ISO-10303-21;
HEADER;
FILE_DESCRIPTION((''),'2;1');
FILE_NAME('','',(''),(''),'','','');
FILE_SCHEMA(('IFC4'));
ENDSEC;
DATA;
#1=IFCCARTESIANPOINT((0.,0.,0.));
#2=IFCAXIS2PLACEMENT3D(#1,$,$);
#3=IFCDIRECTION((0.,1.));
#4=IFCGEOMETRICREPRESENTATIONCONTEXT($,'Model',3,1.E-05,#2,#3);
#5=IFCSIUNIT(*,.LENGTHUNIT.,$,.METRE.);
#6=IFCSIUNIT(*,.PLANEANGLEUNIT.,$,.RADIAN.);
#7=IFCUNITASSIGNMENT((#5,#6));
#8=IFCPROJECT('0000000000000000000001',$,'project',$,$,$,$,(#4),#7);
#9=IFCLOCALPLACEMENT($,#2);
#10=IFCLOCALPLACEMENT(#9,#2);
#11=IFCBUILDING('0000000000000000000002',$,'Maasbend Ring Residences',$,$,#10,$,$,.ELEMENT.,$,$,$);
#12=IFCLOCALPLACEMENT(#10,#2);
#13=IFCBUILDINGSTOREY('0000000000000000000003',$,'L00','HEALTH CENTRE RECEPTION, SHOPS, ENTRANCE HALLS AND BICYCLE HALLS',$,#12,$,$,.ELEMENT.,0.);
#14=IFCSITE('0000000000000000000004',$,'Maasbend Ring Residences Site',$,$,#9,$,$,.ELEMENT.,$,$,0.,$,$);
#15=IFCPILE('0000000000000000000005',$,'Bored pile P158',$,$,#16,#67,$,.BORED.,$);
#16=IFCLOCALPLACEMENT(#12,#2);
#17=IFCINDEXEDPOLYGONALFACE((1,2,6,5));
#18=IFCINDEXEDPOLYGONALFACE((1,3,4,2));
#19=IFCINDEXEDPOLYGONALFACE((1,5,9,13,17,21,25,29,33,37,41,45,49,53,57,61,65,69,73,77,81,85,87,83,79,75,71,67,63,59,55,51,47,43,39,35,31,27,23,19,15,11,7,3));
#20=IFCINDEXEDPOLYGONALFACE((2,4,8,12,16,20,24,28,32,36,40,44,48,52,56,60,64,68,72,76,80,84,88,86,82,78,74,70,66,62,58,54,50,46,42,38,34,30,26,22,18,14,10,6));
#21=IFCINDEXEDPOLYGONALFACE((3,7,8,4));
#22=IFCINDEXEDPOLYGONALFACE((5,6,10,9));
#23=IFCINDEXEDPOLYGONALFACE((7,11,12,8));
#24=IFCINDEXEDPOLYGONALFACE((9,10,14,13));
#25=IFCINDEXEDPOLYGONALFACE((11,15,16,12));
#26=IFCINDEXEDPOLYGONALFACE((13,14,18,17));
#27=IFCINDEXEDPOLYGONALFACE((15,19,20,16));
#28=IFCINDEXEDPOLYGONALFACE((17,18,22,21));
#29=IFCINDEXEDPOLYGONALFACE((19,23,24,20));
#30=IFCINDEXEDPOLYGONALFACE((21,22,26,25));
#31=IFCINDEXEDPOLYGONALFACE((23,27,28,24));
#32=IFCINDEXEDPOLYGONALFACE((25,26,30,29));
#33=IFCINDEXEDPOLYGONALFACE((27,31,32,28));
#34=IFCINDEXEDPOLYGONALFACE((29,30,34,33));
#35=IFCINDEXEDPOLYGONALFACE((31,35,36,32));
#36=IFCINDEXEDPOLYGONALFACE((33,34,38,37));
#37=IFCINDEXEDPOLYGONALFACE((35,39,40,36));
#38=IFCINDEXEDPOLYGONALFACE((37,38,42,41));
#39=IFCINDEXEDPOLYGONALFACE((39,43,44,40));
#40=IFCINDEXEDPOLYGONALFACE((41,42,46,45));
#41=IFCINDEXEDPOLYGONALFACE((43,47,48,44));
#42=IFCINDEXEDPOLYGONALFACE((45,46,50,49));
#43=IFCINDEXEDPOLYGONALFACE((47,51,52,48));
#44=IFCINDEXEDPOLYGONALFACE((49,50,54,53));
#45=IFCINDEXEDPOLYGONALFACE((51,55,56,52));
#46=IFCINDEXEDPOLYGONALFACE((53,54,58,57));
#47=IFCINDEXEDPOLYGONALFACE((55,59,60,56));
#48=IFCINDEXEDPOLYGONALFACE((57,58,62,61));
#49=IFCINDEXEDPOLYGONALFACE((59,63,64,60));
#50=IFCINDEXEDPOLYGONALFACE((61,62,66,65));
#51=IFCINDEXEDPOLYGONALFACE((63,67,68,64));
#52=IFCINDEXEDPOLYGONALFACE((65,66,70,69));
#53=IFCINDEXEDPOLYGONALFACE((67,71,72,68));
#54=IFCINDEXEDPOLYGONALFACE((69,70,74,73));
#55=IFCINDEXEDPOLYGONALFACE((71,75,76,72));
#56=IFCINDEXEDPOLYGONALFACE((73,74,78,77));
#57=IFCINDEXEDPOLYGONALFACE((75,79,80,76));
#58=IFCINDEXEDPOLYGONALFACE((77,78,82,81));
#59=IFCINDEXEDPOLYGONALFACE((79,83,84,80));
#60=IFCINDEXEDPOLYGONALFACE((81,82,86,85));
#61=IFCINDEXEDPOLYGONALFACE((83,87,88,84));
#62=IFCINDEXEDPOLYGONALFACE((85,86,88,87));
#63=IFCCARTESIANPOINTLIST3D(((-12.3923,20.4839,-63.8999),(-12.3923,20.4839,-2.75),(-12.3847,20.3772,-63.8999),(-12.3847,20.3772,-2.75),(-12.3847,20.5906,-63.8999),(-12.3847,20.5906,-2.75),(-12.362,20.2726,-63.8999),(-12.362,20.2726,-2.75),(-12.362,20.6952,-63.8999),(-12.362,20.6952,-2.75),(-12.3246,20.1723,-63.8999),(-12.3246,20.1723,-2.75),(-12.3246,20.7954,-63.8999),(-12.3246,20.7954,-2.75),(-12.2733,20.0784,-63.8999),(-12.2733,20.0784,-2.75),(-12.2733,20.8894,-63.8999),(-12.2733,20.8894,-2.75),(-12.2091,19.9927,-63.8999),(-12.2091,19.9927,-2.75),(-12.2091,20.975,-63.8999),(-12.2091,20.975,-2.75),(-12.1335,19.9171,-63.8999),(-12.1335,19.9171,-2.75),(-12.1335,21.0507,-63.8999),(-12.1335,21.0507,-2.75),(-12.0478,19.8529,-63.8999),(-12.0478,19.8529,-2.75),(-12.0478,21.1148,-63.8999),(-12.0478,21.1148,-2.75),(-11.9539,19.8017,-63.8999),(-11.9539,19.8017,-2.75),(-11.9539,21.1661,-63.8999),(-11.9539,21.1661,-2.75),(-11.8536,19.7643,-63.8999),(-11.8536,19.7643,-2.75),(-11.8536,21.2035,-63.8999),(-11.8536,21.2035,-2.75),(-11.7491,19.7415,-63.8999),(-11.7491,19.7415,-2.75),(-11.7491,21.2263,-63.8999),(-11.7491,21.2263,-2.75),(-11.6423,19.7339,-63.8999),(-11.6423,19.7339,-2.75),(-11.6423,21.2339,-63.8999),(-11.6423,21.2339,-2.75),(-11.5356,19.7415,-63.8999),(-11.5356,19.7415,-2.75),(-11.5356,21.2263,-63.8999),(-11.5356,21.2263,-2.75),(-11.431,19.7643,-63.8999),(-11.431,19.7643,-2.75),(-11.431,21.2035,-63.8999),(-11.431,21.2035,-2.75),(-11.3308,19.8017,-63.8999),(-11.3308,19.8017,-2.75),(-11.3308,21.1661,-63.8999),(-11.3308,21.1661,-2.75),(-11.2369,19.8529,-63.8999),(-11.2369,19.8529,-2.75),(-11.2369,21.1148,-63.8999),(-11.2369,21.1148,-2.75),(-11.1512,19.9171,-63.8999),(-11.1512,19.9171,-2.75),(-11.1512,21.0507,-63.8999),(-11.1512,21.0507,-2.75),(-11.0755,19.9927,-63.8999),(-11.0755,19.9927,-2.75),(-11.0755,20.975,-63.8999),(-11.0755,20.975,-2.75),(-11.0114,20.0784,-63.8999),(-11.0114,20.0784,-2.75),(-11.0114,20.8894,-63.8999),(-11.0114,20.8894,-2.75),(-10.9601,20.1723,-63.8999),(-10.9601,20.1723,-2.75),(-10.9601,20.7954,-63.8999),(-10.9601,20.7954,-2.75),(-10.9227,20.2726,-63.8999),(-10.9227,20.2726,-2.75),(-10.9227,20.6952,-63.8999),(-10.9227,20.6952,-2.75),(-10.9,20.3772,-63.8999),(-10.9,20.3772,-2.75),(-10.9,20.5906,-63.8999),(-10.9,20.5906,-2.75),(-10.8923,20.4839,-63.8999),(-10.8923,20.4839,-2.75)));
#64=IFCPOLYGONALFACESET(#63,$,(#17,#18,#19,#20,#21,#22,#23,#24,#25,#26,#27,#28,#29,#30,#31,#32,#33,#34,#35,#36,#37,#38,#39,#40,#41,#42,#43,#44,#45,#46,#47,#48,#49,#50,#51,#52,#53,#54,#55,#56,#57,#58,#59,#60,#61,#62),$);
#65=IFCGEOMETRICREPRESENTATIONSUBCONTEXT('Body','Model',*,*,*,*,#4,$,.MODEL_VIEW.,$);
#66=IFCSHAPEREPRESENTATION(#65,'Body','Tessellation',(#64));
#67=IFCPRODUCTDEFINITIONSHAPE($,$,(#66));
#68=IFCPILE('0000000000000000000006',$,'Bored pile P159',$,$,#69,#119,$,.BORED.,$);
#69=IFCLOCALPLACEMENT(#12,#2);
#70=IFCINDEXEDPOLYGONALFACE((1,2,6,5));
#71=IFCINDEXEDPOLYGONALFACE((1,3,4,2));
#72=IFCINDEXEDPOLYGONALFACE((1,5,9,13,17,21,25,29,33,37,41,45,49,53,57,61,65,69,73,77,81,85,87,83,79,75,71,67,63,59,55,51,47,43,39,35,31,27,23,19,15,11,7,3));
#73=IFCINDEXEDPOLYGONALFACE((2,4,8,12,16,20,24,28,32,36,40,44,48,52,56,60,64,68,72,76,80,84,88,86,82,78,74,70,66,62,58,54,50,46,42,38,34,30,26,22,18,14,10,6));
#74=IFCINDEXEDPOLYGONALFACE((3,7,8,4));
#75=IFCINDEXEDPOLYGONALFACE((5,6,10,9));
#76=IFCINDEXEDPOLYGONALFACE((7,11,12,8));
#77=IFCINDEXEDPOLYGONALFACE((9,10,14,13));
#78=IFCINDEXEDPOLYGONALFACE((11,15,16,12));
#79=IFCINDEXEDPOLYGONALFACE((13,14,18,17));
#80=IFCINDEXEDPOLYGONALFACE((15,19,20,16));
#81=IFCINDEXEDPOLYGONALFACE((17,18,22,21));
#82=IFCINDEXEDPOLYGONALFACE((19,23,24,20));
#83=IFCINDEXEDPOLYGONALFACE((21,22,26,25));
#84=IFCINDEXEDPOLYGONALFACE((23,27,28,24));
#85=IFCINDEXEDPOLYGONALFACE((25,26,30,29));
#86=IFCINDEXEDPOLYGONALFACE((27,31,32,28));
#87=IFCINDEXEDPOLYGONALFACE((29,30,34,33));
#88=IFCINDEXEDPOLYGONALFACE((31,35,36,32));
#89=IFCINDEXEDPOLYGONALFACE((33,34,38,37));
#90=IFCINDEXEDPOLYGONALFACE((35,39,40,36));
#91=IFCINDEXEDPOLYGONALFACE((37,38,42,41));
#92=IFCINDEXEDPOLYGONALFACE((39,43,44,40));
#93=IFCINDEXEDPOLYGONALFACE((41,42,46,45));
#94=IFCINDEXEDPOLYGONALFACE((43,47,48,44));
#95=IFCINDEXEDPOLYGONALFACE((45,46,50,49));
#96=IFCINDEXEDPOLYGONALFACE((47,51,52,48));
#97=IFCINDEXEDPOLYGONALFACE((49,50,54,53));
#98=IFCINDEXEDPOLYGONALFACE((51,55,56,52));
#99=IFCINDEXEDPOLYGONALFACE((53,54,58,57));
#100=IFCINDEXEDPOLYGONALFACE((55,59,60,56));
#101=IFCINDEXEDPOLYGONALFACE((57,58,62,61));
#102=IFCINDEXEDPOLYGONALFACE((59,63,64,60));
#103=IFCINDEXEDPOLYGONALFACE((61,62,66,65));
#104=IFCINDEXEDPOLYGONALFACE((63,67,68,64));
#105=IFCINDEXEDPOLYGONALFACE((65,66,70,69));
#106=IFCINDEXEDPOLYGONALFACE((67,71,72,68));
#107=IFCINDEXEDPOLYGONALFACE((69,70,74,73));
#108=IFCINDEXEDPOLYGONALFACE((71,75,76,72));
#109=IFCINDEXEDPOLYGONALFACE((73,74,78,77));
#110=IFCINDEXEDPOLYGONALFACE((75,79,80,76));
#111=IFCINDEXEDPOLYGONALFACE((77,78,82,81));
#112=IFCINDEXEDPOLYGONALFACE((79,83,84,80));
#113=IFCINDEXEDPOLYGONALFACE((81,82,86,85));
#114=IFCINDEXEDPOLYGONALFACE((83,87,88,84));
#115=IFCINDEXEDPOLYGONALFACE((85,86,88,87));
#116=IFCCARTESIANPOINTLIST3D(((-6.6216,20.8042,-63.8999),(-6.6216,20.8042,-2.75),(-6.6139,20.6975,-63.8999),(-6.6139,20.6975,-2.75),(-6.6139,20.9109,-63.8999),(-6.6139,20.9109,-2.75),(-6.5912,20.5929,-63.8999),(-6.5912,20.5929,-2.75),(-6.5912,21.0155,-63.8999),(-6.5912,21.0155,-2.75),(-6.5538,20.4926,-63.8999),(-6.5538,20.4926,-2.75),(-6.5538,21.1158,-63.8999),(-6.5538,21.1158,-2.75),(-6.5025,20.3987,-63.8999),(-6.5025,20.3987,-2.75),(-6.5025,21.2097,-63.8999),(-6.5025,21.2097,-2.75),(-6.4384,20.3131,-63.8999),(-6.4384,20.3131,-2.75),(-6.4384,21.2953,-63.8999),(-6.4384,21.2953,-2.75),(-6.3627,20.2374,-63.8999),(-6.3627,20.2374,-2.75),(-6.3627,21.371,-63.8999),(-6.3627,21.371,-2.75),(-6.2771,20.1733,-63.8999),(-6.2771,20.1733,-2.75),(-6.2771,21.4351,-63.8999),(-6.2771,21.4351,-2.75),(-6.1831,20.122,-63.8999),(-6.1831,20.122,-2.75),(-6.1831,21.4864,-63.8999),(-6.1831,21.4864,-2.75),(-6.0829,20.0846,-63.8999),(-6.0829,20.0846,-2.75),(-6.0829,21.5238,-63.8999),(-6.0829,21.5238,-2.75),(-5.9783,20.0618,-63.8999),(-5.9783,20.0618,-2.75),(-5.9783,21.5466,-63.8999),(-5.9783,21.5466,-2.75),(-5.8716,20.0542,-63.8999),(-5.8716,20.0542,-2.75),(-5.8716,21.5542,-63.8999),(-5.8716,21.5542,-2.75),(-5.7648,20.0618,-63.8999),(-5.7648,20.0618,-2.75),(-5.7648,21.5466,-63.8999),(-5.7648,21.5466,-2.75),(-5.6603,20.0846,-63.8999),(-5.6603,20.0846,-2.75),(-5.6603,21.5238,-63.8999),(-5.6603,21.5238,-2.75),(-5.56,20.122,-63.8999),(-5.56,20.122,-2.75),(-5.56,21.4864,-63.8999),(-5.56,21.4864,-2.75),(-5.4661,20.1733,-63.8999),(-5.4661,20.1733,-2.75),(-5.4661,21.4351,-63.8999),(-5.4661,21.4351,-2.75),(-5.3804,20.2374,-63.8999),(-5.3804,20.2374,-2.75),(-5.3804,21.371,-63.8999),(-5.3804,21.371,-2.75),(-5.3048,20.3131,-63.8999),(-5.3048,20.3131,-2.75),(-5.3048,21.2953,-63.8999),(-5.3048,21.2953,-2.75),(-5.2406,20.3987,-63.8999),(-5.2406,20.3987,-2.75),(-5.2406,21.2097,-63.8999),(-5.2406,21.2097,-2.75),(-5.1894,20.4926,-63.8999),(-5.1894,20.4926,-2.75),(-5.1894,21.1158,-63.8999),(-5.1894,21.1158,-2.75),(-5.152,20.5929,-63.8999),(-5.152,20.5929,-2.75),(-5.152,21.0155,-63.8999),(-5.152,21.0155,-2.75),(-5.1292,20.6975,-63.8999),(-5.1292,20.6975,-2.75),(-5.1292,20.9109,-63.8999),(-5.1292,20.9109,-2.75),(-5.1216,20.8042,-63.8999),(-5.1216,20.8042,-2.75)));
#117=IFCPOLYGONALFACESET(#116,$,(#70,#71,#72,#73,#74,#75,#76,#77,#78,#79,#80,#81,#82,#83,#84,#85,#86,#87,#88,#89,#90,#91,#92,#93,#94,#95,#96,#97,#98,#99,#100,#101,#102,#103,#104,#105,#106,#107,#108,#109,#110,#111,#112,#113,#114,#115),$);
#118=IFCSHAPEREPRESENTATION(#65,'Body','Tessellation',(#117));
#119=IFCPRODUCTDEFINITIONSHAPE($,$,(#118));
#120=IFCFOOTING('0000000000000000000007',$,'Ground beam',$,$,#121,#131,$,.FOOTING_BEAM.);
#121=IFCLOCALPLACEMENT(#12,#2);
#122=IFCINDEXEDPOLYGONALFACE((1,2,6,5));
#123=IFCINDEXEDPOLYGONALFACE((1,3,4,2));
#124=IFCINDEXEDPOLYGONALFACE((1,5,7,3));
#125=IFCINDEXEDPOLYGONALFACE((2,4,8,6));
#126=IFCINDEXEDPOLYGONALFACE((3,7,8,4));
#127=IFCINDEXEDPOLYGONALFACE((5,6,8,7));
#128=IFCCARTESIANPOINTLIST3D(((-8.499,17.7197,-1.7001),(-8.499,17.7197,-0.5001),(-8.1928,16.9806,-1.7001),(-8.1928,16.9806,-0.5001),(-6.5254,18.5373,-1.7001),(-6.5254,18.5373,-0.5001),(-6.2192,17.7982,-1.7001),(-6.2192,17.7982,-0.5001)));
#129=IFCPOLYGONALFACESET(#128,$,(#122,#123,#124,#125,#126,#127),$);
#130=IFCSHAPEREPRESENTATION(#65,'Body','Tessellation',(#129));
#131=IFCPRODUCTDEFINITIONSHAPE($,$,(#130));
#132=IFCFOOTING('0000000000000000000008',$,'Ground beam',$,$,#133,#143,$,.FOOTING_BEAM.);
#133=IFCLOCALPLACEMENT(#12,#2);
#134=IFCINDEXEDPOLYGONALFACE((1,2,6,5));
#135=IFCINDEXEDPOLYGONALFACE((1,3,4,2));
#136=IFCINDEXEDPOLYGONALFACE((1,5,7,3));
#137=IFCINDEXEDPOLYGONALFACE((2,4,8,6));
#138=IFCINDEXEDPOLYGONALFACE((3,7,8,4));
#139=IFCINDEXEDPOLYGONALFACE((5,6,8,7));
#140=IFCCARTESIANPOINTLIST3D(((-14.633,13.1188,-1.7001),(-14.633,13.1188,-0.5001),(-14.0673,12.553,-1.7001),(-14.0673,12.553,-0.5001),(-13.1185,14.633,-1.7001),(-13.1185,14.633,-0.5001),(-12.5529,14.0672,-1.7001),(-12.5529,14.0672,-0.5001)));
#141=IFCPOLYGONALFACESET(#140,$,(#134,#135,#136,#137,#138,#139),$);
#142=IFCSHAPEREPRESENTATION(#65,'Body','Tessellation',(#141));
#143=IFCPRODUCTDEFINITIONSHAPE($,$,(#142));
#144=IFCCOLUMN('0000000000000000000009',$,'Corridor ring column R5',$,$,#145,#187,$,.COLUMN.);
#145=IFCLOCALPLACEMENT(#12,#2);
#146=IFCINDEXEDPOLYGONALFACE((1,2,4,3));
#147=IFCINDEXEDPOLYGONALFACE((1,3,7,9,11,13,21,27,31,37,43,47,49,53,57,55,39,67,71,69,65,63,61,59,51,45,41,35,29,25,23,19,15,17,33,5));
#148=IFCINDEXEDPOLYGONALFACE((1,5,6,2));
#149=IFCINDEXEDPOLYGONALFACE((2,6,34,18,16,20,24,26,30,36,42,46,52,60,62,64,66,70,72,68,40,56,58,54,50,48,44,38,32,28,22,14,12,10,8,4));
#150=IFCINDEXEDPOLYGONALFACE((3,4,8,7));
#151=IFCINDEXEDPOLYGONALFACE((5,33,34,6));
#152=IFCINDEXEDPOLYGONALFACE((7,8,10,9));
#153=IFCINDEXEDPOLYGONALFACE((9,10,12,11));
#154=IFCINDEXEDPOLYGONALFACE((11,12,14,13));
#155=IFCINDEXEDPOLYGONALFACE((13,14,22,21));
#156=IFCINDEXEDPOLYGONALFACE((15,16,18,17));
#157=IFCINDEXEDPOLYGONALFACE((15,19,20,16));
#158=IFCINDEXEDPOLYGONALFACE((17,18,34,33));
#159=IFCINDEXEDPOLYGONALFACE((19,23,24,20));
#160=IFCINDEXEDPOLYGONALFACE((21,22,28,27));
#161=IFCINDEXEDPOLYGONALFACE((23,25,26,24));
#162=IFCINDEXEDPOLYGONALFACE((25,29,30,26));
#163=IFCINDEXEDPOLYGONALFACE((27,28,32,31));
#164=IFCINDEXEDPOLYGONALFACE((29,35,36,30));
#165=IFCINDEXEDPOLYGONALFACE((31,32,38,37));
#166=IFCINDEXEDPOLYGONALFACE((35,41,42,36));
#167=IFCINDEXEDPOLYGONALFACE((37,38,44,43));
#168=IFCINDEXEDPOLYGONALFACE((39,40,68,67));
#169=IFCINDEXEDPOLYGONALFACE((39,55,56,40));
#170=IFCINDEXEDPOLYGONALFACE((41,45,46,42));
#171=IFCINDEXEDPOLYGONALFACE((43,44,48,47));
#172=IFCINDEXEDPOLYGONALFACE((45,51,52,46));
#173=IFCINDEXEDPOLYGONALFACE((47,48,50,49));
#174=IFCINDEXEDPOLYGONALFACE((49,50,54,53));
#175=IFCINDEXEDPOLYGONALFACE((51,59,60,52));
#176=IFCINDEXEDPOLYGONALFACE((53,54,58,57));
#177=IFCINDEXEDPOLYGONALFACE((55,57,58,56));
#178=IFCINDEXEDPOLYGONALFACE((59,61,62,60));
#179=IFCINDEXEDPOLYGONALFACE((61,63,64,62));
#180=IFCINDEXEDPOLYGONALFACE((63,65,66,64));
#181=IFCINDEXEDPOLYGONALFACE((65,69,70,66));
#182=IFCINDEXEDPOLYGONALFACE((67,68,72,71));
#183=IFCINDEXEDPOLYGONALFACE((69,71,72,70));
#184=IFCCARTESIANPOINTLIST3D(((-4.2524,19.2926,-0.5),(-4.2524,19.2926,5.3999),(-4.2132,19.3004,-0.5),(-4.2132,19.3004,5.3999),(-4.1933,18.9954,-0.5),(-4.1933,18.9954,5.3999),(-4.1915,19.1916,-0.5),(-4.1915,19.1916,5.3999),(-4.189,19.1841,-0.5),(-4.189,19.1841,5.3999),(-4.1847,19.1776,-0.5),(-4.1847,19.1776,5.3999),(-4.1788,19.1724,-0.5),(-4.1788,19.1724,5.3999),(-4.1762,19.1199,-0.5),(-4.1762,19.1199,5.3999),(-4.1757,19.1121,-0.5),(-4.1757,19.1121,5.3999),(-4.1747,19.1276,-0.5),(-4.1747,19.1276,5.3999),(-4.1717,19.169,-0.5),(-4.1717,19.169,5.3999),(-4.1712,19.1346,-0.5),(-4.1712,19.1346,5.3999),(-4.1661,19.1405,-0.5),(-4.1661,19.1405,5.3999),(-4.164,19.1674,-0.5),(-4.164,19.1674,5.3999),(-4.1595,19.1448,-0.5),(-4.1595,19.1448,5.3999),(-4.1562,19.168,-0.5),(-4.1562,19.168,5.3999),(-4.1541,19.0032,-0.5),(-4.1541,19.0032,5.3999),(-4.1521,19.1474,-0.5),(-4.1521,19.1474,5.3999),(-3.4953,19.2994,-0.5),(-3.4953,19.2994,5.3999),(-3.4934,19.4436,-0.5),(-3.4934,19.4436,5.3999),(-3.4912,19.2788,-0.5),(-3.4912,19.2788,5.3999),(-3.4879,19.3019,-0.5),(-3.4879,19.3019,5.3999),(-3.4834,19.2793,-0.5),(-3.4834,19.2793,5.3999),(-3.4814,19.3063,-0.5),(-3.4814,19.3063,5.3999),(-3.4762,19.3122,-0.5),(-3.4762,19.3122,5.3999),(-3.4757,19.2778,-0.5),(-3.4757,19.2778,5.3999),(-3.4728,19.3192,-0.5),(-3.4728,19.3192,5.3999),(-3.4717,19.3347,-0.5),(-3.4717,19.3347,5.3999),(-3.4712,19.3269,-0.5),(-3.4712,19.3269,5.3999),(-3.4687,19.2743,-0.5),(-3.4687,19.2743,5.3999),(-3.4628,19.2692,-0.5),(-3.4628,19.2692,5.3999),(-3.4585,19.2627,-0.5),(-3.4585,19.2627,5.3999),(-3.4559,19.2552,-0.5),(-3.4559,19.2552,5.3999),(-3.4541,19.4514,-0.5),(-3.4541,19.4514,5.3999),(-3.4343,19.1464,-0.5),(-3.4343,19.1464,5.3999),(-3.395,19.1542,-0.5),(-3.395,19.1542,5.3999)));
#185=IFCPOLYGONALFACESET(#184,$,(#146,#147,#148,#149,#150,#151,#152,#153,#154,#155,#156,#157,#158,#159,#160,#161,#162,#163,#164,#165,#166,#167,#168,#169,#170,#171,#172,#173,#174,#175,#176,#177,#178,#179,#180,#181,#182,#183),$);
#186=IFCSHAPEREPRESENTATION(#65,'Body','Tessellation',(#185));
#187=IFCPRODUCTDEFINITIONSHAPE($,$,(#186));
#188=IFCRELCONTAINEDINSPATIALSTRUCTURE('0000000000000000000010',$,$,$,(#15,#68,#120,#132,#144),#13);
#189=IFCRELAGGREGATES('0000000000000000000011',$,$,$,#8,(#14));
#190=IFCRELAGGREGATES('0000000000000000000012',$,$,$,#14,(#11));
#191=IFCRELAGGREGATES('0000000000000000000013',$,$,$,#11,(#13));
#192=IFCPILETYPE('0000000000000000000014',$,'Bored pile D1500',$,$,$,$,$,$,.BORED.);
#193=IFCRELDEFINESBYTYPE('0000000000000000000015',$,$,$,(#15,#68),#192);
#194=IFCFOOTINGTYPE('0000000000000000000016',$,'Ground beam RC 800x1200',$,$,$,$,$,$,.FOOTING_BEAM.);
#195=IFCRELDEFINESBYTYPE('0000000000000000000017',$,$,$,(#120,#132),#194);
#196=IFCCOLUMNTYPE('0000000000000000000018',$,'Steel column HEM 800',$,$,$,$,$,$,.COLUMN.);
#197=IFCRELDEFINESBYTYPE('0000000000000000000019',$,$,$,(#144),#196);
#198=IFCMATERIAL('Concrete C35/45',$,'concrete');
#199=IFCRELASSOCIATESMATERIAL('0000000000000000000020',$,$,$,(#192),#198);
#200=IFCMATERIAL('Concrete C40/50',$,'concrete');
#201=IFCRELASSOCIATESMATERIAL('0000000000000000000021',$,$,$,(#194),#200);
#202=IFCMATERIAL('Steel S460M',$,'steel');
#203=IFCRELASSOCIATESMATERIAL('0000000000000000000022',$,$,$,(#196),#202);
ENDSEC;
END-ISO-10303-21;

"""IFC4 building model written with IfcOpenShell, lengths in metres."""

from ifc_helpers import new_model, si_unit, direction, frame, origin, origin_2d, place, context, subcontext, project, spatial, rectangle, circle, i_section, extrude, material, material_profile, profile_set, type_object, element, save


model = new_model("IFC4")

# Units and contexts
model_context = context("Model", 3, precision=1e-05, world=origin(), true_north=direction((0.0, 1.0)))
body_context = subcontext(model_context, "Body", "Model", "MODEL_VIEW")
ifc_project = project(units=[si_unit("LENGTHUNIT", "METRE"), si_unit("PLANEANGLEUNIT", "RADIAN")], contexts=[model_context])

# Site, building, storey
site_placement = place(None, origin())
site = spatial("IfcSite", under=ifc_project, at=site_placement, Name="Maasbend Ring Residences Site", CompositionType="ELEMENT", RefElevation=0.0)
building_placement = place(site_placement, origin())
building = spatial("IfcBuilding", under=site, at=building_placement, Name="Maasbend Ring Residences", CompositionType="ELEMENT")
storey_placement = place(building_placement, origin())
storey = spatial("IfcBuildingStorey", under=building, at=storey_placement, Name="L00", Description="HEALTH CENTRE RECEPTION, SHOPS, ENTRANCE HALLS AND BICYCLE HALLS", CompositionType="ELEMENT", Elevation=0.0)

# Piles
ifc_material_1 = material(Name="Concrete C35/45", Category="concrete")
ifc_material_profile_1 = material_profile(ifc_material_1, circle(Radius=0.75, at=origin_2d()), Name="Bored pile D1500")
ifc_profile_set_1 = profile_set([ifc_material_profile_1], Name="Concrete C35/45")
pile_type = type_object("IfcPileType", Name="Bored pile D1500", PredefinedType="BORED", material=ifc_profile_set_1)
for number, where, z_axis, x_axis, name in (
    (1, (-11.6423, 20.4839, -2.75), (0.0, 0.0, -1.0), (1.0, 0.0, 0.0), "Bored pile P158"),
    (2, (-5.8716, 20.8042, -2.75), (0.0, 0.0, -1.0), (1.0, 0.0, 0.0), "Bored pile P159"),
):
    element("IfcPile", number, at=place(storey_placement, frame(where, z_axis=z_axis, x_axis=x_axis)), inside=storey, type_object=pile_type, Name=name, PredefinedType="BORED", context=body_context, shape_type="SweptSolid", body=[
        extrude(circle(Radius=0.75, at=origin_2d()), origin(), (0.0, 0.0, 1.0), 61.1499),
    ])

# Footings
ifc_material_2 = material(Name="Concrete C40/50", Category="concrete")
ifc_material_profile_2 = material_profile(ifc_material_2, rectangle(XDim=0.8, YDim=1.2, at=origin_2d()), Name="Ground beam RC 800x1200")
ifc_profile_set_2 = profile_set([ifc_material_profile_2], Name="Concrete C40/50")
footing_type = type_object("IfcFootingType", Name="Ground beam RC 800x1200", PredefinedType="FOOTING_BEAM", material=ifc_profile_set_2)
footing_1_placement = place(storey_placement, frame((-6.3723, 18.1677, -1.1001), z_axis=(-0.923859, -0.382732, 0.0), x_axis=(0.382732, -0.923859, 0.0)))
element("IfcFooting", 3, at=footing_1_placement, inside=storey, type_object=footing_type, Name="Ground beam", PredefinedType="FOOTING_BEAM", context=body_context, shape_type="SweptSolid", body=[
    extrude(rectangle(XDim=0.8, YDim=1.2, at=origin_2d()), origin(), (0.0, 0.0, 1.0), 2.1362),
])
footing_2_placement = place(storey_placement, frame((-12.8357, 14.3501, -1.1001), z_axis=(-0.707164, -0.70705, 0.0), x_axis=(0.70705, -0.707164, 0.0)))
element("IfcFooting", 4, at=footing_2_placement, inside=storey, type_object=footing_type, Name="Ground beam", PredefinedType="FOOTING_BEAM", context=body_context, shape_type="SweptSolid", body=[
    extrude(rectangle(XDim=0.8, YDim=1.2, at=origin_2d()), origin(), (0.0, 0.0, 1.0), 2.1416),
])

# Column
ifc_material_3 = material(Name="Steel S460M", Category="steel")
ifc_material_profile_3 = material_profile(ifc_material_3, i_section(OverallWidth=0.303, OverallDepth=0.814, WebThickness=0.021, FlangeThickness=0.04, FilletRadius=0.03, at=origin_2d()), Name="HEM 800")
ifc_profile_set_3 = profile_set([ifc_material_profile_3], Name="Steel S460M")
column_type = type_object("IfcColumnType", Name="Steel column HEM 800", PredefinedType="COLUMN", material=ifc_profile_set_3)
for number, where, z_axis, x_axis, name in (
    (5, (-3.8237, 19.2234, -0.5), (0.0, 0.0, 1.0), (-0.19509, 0.980785, 0.0), "Corridor ring column R5"),
):
    element("IfcColumn", number, at=place(storey_placement, frame(where, z_axis=z_axis, x_axis=x_axis)), inside=storey, type_object=column_type, Name=name, PredefinedType="COLUMN", context=body_context, shape_type="SweptSolid", body=[
        extrude(i_section(OverallWidth=0.303, OverallDepth=0.814, WebThickness=0.021, FlangeThickness=0.04, FilletRadius=0.03, at=origin_2d()), origin(), (0.0, 0.0, 1.0), 5.8999),
    ])

save(model, "model.ifc")
